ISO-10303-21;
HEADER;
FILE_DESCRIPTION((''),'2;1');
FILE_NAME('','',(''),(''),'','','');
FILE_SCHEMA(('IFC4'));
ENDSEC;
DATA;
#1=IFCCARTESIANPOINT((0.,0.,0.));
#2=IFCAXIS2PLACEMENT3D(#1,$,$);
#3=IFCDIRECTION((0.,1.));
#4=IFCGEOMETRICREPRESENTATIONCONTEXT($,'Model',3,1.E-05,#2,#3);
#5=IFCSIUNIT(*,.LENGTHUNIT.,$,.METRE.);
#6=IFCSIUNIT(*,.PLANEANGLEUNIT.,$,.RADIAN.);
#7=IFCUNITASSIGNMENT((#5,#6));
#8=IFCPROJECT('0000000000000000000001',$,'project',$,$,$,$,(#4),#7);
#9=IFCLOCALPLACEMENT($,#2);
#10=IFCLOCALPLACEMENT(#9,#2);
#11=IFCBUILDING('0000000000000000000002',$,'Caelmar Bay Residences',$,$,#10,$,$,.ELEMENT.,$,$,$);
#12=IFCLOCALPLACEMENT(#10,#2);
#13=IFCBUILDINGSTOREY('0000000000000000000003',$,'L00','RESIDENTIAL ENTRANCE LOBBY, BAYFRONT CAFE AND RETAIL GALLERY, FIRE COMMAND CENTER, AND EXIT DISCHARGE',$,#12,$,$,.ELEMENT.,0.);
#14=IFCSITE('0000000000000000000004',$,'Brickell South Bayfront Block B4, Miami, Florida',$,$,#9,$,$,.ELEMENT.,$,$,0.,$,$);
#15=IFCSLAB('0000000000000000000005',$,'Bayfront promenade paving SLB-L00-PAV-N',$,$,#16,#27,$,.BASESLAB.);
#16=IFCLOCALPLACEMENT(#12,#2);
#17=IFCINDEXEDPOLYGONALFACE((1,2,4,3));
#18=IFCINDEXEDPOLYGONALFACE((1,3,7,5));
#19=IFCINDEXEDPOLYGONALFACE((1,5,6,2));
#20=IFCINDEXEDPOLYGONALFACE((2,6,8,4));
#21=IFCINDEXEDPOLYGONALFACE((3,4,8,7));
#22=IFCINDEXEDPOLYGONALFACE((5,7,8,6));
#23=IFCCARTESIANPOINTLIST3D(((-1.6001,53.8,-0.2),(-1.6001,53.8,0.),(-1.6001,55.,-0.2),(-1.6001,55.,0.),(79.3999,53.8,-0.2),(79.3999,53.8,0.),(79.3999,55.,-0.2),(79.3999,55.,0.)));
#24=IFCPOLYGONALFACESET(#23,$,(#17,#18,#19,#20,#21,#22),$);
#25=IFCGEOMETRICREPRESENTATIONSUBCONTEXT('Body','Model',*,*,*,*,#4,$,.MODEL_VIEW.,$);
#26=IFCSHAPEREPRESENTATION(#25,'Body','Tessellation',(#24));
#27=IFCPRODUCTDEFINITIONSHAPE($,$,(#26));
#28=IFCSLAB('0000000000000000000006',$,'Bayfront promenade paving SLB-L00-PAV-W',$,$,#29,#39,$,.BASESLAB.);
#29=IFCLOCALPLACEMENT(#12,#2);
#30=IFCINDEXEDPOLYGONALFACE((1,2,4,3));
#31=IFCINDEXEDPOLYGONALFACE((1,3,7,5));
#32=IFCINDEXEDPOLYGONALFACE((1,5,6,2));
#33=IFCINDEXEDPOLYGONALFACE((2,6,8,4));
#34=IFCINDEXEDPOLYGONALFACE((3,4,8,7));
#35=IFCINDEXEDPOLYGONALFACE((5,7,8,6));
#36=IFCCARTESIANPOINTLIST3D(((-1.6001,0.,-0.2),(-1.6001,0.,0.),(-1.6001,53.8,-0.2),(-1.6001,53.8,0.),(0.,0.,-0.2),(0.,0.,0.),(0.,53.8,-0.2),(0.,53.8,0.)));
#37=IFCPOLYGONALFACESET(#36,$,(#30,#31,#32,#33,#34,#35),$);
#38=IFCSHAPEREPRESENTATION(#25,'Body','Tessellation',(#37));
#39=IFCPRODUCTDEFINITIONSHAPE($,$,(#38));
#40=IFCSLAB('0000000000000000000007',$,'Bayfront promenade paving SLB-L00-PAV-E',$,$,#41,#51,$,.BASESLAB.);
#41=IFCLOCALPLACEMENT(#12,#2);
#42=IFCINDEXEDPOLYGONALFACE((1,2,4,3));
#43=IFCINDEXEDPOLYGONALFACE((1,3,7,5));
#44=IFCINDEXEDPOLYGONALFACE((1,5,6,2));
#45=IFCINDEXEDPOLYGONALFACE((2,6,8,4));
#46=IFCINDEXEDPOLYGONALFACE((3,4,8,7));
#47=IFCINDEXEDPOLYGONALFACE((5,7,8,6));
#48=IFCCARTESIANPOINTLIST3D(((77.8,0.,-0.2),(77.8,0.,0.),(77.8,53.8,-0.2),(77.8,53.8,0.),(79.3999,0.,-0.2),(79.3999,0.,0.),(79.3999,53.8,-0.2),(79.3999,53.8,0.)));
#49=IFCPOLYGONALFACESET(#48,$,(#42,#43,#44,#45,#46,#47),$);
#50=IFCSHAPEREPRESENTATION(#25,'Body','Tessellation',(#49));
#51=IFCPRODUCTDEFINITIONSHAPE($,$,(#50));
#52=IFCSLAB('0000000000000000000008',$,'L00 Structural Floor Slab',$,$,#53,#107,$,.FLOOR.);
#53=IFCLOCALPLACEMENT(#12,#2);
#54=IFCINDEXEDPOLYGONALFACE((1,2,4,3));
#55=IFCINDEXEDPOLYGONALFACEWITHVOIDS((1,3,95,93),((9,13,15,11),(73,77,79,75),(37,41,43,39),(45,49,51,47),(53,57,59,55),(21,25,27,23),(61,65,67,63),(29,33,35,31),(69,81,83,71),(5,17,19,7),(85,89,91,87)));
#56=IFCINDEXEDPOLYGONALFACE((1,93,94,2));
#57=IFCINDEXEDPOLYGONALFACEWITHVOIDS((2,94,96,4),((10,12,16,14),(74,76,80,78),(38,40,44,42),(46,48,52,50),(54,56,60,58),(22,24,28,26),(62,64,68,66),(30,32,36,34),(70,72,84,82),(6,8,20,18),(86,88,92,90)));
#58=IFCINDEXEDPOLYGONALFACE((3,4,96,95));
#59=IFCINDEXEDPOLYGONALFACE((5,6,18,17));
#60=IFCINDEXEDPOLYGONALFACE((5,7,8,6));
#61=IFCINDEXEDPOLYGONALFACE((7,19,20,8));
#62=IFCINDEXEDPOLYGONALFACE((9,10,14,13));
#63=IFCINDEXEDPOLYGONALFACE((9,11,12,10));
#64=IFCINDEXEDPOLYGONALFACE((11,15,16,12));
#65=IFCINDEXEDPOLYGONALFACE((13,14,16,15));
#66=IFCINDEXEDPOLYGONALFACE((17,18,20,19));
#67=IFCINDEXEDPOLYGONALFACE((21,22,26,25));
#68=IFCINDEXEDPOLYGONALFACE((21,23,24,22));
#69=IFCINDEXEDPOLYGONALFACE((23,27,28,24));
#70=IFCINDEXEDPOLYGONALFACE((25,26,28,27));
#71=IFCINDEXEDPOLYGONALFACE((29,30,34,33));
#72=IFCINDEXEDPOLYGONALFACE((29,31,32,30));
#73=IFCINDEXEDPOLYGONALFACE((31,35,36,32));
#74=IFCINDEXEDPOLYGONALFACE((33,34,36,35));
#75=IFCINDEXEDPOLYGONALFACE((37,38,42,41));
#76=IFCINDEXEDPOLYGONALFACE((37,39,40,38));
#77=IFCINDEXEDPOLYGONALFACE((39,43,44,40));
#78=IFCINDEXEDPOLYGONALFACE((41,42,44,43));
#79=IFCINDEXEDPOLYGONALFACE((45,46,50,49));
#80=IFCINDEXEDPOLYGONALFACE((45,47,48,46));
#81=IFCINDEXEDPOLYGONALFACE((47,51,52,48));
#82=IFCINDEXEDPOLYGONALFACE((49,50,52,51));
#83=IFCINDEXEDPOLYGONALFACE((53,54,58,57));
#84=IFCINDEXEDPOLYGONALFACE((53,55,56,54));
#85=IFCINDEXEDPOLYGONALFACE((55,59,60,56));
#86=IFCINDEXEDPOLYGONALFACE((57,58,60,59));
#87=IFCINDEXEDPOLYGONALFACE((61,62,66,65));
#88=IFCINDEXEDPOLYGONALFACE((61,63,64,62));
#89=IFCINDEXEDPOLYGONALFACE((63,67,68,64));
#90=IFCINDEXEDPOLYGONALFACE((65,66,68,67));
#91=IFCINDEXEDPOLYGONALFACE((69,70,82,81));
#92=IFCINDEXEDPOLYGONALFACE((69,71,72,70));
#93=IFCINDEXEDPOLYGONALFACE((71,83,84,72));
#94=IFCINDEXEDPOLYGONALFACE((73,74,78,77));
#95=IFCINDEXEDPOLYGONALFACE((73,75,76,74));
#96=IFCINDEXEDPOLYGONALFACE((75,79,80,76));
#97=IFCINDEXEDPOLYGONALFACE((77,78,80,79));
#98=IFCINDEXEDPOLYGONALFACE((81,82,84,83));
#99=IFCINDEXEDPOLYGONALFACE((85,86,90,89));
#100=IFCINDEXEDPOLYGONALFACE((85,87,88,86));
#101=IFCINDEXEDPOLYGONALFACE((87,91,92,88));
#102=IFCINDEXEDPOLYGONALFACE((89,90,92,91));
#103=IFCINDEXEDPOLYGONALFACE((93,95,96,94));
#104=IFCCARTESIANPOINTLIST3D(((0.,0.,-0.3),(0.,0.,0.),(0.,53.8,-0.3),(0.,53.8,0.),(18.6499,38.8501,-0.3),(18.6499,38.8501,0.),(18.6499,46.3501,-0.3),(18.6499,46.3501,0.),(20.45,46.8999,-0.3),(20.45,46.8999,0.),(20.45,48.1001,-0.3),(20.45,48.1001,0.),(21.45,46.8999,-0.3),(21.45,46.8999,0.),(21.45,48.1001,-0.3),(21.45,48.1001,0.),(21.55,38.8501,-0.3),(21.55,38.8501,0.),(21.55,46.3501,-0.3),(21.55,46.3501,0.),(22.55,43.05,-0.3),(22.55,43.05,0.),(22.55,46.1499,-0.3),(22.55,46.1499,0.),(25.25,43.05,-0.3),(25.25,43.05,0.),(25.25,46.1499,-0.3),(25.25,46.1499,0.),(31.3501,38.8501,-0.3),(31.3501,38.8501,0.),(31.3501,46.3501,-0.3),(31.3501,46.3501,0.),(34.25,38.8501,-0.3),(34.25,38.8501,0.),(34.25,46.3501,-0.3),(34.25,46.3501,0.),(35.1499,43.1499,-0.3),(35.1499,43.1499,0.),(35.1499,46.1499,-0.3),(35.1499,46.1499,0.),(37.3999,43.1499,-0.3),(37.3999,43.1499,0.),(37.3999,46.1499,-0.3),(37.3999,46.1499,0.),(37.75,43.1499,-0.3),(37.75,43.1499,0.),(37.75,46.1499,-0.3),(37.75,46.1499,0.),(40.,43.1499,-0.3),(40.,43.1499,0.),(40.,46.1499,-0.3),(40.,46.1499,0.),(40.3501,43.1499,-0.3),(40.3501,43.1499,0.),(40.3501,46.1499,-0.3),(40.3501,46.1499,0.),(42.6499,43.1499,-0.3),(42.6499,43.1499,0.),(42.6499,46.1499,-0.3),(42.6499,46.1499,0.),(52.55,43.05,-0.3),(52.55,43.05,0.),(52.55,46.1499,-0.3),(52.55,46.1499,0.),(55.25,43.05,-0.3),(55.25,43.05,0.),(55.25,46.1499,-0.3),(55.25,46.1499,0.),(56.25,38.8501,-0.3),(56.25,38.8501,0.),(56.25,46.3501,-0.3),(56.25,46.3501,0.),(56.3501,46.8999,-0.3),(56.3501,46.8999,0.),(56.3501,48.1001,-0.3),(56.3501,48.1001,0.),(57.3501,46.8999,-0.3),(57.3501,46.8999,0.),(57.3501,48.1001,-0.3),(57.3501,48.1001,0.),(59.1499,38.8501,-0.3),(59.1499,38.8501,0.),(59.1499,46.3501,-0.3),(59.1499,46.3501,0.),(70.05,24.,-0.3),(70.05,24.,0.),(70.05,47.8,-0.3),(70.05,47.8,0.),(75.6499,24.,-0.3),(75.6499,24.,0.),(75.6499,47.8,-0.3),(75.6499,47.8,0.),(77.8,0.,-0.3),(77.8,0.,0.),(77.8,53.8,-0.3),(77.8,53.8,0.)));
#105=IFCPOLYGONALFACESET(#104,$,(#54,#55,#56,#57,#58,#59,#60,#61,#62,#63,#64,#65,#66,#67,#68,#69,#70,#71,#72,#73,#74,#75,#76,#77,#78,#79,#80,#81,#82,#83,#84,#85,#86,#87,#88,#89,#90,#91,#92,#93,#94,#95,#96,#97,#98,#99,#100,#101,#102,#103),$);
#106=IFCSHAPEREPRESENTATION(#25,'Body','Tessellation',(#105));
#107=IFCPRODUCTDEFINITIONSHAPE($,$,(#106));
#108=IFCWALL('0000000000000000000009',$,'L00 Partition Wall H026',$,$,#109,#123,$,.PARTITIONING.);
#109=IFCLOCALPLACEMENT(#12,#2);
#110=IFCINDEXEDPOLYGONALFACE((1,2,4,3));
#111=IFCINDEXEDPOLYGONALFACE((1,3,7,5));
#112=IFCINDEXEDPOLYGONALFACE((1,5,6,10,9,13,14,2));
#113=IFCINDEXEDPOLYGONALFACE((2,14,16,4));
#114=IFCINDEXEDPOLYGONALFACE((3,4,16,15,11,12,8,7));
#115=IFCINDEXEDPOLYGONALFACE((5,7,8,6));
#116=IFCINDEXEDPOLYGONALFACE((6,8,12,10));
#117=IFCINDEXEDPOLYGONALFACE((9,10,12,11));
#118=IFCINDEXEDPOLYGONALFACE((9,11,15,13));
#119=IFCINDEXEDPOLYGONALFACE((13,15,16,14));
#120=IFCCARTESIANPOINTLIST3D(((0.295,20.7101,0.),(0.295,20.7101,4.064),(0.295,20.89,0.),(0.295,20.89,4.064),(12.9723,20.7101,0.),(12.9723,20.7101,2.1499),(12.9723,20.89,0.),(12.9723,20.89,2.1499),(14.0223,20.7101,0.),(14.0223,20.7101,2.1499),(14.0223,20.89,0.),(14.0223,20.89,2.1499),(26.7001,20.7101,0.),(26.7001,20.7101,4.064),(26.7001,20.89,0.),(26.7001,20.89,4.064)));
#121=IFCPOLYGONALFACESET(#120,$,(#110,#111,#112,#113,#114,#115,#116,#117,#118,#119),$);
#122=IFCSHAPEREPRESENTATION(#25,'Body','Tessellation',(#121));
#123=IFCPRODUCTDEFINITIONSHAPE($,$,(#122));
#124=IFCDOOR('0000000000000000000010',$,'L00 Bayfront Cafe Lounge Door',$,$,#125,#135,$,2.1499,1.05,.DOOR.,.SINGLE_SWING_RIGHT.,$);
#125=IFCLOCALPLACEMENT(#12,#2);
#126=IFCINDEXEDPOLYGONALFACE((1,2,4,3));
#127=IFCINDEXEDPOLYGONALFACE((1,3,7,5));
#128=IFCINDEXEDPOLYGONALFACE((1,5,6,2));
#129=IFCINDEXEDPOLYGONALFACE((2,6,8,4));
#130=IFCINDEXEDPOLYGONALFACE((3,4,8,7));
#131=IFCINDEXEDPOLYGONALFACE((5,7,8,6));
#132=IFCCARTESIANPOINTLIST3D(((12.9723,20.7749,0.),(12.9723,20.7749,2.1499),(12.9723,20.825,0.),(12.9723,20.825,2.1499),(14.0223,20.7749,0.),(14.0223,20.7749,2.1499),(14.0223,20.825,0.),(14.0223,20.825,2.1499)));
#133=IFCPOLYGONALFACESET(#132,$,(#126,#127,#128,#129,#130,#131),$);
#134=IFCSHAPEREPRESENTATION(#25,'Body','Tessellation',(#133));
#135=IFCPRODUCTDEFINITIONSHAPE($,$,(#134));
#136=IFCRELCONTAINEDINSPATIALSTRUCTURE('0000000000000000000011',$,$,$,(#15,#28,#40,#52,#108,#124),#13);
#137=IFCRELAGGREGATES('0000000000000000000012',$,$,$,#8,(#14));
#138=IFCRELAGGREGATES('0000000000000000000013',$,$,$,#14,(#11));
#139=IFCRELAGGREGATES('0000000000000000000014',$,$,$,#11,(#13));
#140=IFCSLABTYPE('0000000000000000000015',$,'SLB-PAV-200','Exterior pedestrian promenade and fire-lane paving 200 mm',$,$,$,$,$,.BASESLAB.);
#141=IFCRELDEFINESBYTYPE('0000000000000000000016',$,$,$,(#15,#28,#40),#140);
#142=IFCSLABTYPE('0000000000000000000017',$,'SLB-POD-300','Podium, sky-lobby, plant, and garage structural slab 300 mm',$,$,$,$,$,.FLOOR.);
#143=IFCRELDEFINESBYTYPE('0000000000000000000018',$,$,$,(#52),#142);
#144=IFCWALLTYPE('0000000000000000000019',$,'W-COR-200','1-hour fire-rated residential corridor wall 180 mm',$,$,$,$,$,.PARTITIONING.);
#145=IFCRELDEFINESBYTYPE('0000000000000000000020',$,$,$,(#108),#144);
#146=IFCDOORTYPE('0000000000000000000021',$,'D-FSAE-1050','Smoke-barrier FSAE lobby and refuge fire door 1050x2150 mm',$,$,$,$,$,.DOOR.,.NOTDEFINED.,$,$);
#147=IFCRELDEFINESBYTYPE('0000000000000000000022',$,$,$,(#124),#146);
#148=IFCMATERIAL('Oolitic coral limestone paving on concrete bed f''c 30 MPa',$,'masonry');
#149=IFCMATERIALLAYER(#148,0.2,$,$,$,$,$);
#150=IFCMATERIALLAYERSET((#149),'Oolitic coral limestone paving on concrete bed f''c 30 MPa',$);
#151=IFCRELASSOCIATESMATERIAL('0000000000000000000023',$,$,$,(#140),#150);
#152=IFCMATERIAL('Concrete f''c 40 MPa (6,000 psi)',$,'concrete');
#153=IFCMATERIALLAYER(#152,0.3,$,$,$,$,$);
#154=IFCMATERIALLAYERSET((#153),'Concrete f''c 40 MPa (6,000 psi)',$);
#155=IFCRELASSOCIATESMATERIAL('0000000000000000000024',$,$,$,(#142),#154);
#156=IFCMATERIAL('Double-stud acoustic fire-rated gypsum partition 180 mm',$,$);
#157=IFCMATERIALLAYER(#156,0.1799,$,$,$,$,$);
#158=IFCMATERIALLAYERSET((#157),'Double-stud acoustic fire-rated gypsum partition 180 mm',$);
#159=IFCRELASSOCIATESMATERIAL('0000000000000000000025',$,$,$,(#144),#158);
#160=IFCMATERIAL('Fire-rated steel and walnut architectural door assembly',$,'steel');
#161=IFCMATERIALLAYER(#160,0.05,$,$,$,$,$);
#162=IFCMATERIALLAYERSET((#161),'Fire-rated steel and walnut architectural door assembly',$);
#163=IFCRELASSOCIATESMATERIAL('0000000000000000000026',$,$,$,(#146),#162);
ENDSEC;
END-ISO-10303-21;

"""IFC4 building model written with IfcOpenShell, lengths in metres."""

from ifc_helpers import new_model, si_unit, direction, frame, frame_2d, origin, place, context, subcontext, project, spatial, polyline, rectangle, outline, extrude, material, layer, layer_set, type_object, element, fill, save


model = new_model("IFC4")

# Units and contexts
model_context = context("Model", 3, precision=1e-05, world=origin(), true_north=direction((0.0, 1.0)))
body_context = subcontext(model_context, "Body", "Model", "MODEL_VIEW")
ifc_project = project(units=[si_unit("LENGTHUNIT", "METRE"), si_unit("PLANEANGLEUNIT", "RADIAN")], contexts=[model_context])

# Site, building, storey
site_placement = place(None, origin())
site = spatial("IfcSite", under=ifc_project, at=site_placement, Name="Brickell South Bayfront Block B4, Miami, Florida", CompositionType="ELEMENT", RefElevation=0.0)
building_placement = place(site_placement, origin())
building = spatial("IfcBuilding", under=site, at=building_placement, Name="Caelmar Bay Residences", CompositionType="ELEMENT")
storey_placement = place(building_placement, origin())
storey = spatial("IfcBuildingStorey", under=building, at=storey_placement, Name="L00", Description="RESIDENTIAL ENTRANCE LOBBY, BAYFRONT CAFE AND RETAIL GALLERY, FIRE COMMAND CENTER, AND EXIT DISCHARGE", CompositionType="ELEMENT", Elevation=0.0)

# Shared definitions
ifc_material_1 = material(Name="Concrete f'c 40 MPa (6,000 psi)", Category="concrete")

# Slabs
ifc_material_2 = material(Name="Oolitic coral limestone paving on concrete bed f'c 30 MPa", Category="masonry")
ifc_layer_1 = layer(ifc_material_2, 0.2)
ifc_layer_set_1 = layer_set([ifc_layer_1], Name="Oolitic coral limestone paving on concrete bed f'c 30 MPa")
slab_type_1 = type_object("IfcSlabType", Name="SLB-PAV-200", Description="Exterior pedestrian promenade and fire-lane paving 200 mm", PredefinedType="BASESLAB", material=ifc_layer_set_1)
slab_1_placement = place(storey_placement, frame((0.0, 0.0, -0.2)))
element("IfcSlab", 1, at=slab_1_placement, inside=storey, type_object=slab_type_1, Name="Bayfront promenade paving SLB-L00-PAV-N", PredefinedType="BASESLAB", context=body_context, shape_type="SweptSolid", body=[
    extrude(outline(polyline([(-1.6001, 53.8), (79.3999, 53.8), (79.3999, 55.0), (-1.6001, 55.0), (-1.6001, 53.8)])), origin(), (0.0, 0.0, 1.0), 0.2),
])
slab_2_placement = place(storey_placement, frame((0.0, 0.0, -0.2)))
element("IfcSlab", 2, at=slab_2_placement, inside=storey, type_object=slab_type_1, Name="Bayfront promenade paving SLB-L00-PAV-W", PredefinedType="BASESLAB", context=body_context, shape_type="SweptSolid", body=[
    extrude(outline(polyline([(-1.6001, 0.0), (0.0, 0.0), (0.0, 53.8), (-1.6001, 53.8), (-1.6001, 0.0)])), origin(), (0.0, 0.0, 1.0), 0.2),
])
slab_3_placement = place(storey_placement, frame((0.0, 0.0, -0.2)))
element("IfcSlab", 3, at=slab_3_placement, inside=storey, type_object=slab_type_1, Name="Bayfront promenade paving SLB-L00-PAV-E", PredefinedType="BASESLAB", context=body_context, shape_type="SweptSolid", body=[
    extrude(outline(polyline([(77.8, 0.0), (79.3999, 0.0), (79.3999, 53.8), (77.8, 53.8), (77.8, 0.0)])), origin(), (0.0, 0.0, 1.0), 0.2),
])
ifc_layer_2 = layer(ifc_material_1, 0.3)
ifc_layer_set_2 = layer_set([ifc_layer_2], Name="Concrete f'c 40 MPa (6,000 psi)")
slab_type_2 = type_object("IfcSlabType", Name="SLB-POD-300", Description="Podium, sky-lobby, plant, and garage structural slab 300 mm", PredefinedType="FLOOR", material=ifc_layer_set_2)
slab_4_placement = place(storey_placement, frame((0.0, 0.0, -0.3)))
element("IfcSlab", 4, at=slab_4_placement, inside=storey, type_object=slab_type_2, Name="L00 Structural Floor Slab", PredefinedType="FLOOR", context=body_context, shape_type="SweptSolid", body=[
    extrude(outline(polyline([(0.0, 0.0), (77.8, 0.0), (77.8, 53.8), (0.0, 53.8), (0.0, 0.0)]), holes=[polyline([(18.6499, 38.8501), (21.55, 38.8501), (21.55, 46.3501), (18.6499, 46.3501), (18.6499, 38.8501)]), polyline([(56.25, 38.8501), (59.1499, 38.8501), (59.1499, 46.3501), (56.25, 46.3501), (56.25, 38.8501)]), polyline([(31.3501, 38.8501), (34.25, 38.8501), (34.25, 46.3501), (31.3501, 46.3501), (31.3501, 38.8501)]), polyline([(22.55, 43.05), (25.25, 43.05), (25.25, 46.1499), (22.55, 46.1499), (22.55, 43.05)]), polyline([(52.55, 43.05), (55.25, 43.05), (55.25, 46.1499), (52.55, 46.1499), (52.55, 43.05)]), polyline([(35.1499, 43.1499), (37.3999, 43.1499), (37.3999, 46.1499), (35.1499, 46.1499), (35.1499, 43.1499)]), polyline([(37.75, 43.1499), (40.0, 43.1499), (40.0, 46.1499), (37.75, 46.1499), (37.75, 43.1499)]), polyline([(40.3501, 43.1499), (42.6499, 43.1499), (42.6499, 46.1499), (40.3501, 46.1499), (40.3501, 43.1499)]), polyline([(20.45, 46.8999), (21.45, 46.8999), (21.45, 48.1001), (20.45, 48.1001), (20.45, 46.8999)]), polyline([(56.3501, 46.8999), (57.3501, 46.8999), (57.3501, 48.1001), (56.3501, 48.1001), (56.3501, 46.8999)]), polyline([(70.05, 24.0), (75.6499, 24.0), (75.6499, 47.8), (70.05, 47.8), (70.05, 24.0)])]), origin(), (0.0, 0.0, 1.0), 0.3),
])

# Wall, opening, door
ifc_material_3 = material(Name="Double-stud acoustic fire-rated gypsum partition 180 mm")
ifc_layer_3 = layer(ifc_material_3, 0.1799)
ifc_layer_set_3 = layer_set([ifc_layer_3], Name="Double-stud acoustic fire-rated gypsum partition 180 mm")
wall_type_1 = type_object("IfcWallType", Name="W-COR-200", Description="1-hour fire-rated residential corridor wall 180 mm", PredefinedType="PARTITIONING", material=ifc_layer_set_3)
wall_1_placement = place(storey_placement, frame((0.2949, 20.8, 0.0), z_axis=(0.0, 0.0, 1.0), x_axis=(1.0, 0.0, 0.0)))
wall_1 = element("IfcWall", 5, at=wall_1_placement, inside=storey, type_object=wall_type_1, Name="L00 Partition Wall H026", PredefinedType="PARTITIONING", context=body_context, shape_type="SweptSolid", body=[
    extrude(rectangle(XDim=26.405, YDim=0.1799, at=frame_2d((13.2026, 0.0))), origin(), (0.0, 0.0, 1.0), 4.064),
])
opening_1_placement = place(wall_1_placement, frame((12.6775, 0.0, 0.0)))
opening_1 = element("IfcOpeningElement", 6, at=opening_1_placement, cuts=wall_1, PredefinedType="OPENING", context=body_context, shape_type="SweptSolid", body=[
    extrude(rectangle(XDim=1.05, YDim=2.1499, at=frame_2d((0.5249, 1.075))), frame((0.0, 0.0999, 0.0), z_axis=(0.0, -1.0, 0.0), x_axis=(1.0, 0.0, 0.0)), (0.0, 0.0, 1.0), 0.2),
])
ifc_material_4 = material(Name="Fire-rated steel and walnut architectural door assembly", Category="steel")
ifc_layer_4 = layer(ifc_material_4, 0.05)
ifc_layer_set_4 = layer_set([ifc_layer_4], Name="Fire-rated steel and walnut architectural door assembly")
door_type_1 = type_object("IfcDoorType", Name="D-FSAE-1050", Description="Smoke-barrier FSAE lobby and refuge fire door 1050x2150 mm", OperationType="NOTDEFINED", PredefinedType="DOOR", material=ifc_layer_set_4)
door_1_placement = place(opening_1_placement, origin())
door_1 = element("IfcDoor", 7, at=door_1_placement, inside=storey, type_object=door_type_1, Name="L00 Bayfront Cafe Lounge Door", OperationType="SINGLE_SWING_RIGHT", OverallHeight=2.1499, OverallWidth=1.05, PredefinedType="DOOR", context=body_context, shape_type="SweptSolid", body=[
    extrude(rectangle(XDim=1.05, YDim=2.1499, at=frame_2d((0.5249, 1.075))), frame((0.0, 0.0249, 0.0), z_axis=(0.0, -1.0, 0.0), x_axis=(1.0, 0.0, 0.0)), (0.0, 0.0, 1.0), 0.05),
])
fill(opening_1, door_1)

save(model, "model.ifc")
